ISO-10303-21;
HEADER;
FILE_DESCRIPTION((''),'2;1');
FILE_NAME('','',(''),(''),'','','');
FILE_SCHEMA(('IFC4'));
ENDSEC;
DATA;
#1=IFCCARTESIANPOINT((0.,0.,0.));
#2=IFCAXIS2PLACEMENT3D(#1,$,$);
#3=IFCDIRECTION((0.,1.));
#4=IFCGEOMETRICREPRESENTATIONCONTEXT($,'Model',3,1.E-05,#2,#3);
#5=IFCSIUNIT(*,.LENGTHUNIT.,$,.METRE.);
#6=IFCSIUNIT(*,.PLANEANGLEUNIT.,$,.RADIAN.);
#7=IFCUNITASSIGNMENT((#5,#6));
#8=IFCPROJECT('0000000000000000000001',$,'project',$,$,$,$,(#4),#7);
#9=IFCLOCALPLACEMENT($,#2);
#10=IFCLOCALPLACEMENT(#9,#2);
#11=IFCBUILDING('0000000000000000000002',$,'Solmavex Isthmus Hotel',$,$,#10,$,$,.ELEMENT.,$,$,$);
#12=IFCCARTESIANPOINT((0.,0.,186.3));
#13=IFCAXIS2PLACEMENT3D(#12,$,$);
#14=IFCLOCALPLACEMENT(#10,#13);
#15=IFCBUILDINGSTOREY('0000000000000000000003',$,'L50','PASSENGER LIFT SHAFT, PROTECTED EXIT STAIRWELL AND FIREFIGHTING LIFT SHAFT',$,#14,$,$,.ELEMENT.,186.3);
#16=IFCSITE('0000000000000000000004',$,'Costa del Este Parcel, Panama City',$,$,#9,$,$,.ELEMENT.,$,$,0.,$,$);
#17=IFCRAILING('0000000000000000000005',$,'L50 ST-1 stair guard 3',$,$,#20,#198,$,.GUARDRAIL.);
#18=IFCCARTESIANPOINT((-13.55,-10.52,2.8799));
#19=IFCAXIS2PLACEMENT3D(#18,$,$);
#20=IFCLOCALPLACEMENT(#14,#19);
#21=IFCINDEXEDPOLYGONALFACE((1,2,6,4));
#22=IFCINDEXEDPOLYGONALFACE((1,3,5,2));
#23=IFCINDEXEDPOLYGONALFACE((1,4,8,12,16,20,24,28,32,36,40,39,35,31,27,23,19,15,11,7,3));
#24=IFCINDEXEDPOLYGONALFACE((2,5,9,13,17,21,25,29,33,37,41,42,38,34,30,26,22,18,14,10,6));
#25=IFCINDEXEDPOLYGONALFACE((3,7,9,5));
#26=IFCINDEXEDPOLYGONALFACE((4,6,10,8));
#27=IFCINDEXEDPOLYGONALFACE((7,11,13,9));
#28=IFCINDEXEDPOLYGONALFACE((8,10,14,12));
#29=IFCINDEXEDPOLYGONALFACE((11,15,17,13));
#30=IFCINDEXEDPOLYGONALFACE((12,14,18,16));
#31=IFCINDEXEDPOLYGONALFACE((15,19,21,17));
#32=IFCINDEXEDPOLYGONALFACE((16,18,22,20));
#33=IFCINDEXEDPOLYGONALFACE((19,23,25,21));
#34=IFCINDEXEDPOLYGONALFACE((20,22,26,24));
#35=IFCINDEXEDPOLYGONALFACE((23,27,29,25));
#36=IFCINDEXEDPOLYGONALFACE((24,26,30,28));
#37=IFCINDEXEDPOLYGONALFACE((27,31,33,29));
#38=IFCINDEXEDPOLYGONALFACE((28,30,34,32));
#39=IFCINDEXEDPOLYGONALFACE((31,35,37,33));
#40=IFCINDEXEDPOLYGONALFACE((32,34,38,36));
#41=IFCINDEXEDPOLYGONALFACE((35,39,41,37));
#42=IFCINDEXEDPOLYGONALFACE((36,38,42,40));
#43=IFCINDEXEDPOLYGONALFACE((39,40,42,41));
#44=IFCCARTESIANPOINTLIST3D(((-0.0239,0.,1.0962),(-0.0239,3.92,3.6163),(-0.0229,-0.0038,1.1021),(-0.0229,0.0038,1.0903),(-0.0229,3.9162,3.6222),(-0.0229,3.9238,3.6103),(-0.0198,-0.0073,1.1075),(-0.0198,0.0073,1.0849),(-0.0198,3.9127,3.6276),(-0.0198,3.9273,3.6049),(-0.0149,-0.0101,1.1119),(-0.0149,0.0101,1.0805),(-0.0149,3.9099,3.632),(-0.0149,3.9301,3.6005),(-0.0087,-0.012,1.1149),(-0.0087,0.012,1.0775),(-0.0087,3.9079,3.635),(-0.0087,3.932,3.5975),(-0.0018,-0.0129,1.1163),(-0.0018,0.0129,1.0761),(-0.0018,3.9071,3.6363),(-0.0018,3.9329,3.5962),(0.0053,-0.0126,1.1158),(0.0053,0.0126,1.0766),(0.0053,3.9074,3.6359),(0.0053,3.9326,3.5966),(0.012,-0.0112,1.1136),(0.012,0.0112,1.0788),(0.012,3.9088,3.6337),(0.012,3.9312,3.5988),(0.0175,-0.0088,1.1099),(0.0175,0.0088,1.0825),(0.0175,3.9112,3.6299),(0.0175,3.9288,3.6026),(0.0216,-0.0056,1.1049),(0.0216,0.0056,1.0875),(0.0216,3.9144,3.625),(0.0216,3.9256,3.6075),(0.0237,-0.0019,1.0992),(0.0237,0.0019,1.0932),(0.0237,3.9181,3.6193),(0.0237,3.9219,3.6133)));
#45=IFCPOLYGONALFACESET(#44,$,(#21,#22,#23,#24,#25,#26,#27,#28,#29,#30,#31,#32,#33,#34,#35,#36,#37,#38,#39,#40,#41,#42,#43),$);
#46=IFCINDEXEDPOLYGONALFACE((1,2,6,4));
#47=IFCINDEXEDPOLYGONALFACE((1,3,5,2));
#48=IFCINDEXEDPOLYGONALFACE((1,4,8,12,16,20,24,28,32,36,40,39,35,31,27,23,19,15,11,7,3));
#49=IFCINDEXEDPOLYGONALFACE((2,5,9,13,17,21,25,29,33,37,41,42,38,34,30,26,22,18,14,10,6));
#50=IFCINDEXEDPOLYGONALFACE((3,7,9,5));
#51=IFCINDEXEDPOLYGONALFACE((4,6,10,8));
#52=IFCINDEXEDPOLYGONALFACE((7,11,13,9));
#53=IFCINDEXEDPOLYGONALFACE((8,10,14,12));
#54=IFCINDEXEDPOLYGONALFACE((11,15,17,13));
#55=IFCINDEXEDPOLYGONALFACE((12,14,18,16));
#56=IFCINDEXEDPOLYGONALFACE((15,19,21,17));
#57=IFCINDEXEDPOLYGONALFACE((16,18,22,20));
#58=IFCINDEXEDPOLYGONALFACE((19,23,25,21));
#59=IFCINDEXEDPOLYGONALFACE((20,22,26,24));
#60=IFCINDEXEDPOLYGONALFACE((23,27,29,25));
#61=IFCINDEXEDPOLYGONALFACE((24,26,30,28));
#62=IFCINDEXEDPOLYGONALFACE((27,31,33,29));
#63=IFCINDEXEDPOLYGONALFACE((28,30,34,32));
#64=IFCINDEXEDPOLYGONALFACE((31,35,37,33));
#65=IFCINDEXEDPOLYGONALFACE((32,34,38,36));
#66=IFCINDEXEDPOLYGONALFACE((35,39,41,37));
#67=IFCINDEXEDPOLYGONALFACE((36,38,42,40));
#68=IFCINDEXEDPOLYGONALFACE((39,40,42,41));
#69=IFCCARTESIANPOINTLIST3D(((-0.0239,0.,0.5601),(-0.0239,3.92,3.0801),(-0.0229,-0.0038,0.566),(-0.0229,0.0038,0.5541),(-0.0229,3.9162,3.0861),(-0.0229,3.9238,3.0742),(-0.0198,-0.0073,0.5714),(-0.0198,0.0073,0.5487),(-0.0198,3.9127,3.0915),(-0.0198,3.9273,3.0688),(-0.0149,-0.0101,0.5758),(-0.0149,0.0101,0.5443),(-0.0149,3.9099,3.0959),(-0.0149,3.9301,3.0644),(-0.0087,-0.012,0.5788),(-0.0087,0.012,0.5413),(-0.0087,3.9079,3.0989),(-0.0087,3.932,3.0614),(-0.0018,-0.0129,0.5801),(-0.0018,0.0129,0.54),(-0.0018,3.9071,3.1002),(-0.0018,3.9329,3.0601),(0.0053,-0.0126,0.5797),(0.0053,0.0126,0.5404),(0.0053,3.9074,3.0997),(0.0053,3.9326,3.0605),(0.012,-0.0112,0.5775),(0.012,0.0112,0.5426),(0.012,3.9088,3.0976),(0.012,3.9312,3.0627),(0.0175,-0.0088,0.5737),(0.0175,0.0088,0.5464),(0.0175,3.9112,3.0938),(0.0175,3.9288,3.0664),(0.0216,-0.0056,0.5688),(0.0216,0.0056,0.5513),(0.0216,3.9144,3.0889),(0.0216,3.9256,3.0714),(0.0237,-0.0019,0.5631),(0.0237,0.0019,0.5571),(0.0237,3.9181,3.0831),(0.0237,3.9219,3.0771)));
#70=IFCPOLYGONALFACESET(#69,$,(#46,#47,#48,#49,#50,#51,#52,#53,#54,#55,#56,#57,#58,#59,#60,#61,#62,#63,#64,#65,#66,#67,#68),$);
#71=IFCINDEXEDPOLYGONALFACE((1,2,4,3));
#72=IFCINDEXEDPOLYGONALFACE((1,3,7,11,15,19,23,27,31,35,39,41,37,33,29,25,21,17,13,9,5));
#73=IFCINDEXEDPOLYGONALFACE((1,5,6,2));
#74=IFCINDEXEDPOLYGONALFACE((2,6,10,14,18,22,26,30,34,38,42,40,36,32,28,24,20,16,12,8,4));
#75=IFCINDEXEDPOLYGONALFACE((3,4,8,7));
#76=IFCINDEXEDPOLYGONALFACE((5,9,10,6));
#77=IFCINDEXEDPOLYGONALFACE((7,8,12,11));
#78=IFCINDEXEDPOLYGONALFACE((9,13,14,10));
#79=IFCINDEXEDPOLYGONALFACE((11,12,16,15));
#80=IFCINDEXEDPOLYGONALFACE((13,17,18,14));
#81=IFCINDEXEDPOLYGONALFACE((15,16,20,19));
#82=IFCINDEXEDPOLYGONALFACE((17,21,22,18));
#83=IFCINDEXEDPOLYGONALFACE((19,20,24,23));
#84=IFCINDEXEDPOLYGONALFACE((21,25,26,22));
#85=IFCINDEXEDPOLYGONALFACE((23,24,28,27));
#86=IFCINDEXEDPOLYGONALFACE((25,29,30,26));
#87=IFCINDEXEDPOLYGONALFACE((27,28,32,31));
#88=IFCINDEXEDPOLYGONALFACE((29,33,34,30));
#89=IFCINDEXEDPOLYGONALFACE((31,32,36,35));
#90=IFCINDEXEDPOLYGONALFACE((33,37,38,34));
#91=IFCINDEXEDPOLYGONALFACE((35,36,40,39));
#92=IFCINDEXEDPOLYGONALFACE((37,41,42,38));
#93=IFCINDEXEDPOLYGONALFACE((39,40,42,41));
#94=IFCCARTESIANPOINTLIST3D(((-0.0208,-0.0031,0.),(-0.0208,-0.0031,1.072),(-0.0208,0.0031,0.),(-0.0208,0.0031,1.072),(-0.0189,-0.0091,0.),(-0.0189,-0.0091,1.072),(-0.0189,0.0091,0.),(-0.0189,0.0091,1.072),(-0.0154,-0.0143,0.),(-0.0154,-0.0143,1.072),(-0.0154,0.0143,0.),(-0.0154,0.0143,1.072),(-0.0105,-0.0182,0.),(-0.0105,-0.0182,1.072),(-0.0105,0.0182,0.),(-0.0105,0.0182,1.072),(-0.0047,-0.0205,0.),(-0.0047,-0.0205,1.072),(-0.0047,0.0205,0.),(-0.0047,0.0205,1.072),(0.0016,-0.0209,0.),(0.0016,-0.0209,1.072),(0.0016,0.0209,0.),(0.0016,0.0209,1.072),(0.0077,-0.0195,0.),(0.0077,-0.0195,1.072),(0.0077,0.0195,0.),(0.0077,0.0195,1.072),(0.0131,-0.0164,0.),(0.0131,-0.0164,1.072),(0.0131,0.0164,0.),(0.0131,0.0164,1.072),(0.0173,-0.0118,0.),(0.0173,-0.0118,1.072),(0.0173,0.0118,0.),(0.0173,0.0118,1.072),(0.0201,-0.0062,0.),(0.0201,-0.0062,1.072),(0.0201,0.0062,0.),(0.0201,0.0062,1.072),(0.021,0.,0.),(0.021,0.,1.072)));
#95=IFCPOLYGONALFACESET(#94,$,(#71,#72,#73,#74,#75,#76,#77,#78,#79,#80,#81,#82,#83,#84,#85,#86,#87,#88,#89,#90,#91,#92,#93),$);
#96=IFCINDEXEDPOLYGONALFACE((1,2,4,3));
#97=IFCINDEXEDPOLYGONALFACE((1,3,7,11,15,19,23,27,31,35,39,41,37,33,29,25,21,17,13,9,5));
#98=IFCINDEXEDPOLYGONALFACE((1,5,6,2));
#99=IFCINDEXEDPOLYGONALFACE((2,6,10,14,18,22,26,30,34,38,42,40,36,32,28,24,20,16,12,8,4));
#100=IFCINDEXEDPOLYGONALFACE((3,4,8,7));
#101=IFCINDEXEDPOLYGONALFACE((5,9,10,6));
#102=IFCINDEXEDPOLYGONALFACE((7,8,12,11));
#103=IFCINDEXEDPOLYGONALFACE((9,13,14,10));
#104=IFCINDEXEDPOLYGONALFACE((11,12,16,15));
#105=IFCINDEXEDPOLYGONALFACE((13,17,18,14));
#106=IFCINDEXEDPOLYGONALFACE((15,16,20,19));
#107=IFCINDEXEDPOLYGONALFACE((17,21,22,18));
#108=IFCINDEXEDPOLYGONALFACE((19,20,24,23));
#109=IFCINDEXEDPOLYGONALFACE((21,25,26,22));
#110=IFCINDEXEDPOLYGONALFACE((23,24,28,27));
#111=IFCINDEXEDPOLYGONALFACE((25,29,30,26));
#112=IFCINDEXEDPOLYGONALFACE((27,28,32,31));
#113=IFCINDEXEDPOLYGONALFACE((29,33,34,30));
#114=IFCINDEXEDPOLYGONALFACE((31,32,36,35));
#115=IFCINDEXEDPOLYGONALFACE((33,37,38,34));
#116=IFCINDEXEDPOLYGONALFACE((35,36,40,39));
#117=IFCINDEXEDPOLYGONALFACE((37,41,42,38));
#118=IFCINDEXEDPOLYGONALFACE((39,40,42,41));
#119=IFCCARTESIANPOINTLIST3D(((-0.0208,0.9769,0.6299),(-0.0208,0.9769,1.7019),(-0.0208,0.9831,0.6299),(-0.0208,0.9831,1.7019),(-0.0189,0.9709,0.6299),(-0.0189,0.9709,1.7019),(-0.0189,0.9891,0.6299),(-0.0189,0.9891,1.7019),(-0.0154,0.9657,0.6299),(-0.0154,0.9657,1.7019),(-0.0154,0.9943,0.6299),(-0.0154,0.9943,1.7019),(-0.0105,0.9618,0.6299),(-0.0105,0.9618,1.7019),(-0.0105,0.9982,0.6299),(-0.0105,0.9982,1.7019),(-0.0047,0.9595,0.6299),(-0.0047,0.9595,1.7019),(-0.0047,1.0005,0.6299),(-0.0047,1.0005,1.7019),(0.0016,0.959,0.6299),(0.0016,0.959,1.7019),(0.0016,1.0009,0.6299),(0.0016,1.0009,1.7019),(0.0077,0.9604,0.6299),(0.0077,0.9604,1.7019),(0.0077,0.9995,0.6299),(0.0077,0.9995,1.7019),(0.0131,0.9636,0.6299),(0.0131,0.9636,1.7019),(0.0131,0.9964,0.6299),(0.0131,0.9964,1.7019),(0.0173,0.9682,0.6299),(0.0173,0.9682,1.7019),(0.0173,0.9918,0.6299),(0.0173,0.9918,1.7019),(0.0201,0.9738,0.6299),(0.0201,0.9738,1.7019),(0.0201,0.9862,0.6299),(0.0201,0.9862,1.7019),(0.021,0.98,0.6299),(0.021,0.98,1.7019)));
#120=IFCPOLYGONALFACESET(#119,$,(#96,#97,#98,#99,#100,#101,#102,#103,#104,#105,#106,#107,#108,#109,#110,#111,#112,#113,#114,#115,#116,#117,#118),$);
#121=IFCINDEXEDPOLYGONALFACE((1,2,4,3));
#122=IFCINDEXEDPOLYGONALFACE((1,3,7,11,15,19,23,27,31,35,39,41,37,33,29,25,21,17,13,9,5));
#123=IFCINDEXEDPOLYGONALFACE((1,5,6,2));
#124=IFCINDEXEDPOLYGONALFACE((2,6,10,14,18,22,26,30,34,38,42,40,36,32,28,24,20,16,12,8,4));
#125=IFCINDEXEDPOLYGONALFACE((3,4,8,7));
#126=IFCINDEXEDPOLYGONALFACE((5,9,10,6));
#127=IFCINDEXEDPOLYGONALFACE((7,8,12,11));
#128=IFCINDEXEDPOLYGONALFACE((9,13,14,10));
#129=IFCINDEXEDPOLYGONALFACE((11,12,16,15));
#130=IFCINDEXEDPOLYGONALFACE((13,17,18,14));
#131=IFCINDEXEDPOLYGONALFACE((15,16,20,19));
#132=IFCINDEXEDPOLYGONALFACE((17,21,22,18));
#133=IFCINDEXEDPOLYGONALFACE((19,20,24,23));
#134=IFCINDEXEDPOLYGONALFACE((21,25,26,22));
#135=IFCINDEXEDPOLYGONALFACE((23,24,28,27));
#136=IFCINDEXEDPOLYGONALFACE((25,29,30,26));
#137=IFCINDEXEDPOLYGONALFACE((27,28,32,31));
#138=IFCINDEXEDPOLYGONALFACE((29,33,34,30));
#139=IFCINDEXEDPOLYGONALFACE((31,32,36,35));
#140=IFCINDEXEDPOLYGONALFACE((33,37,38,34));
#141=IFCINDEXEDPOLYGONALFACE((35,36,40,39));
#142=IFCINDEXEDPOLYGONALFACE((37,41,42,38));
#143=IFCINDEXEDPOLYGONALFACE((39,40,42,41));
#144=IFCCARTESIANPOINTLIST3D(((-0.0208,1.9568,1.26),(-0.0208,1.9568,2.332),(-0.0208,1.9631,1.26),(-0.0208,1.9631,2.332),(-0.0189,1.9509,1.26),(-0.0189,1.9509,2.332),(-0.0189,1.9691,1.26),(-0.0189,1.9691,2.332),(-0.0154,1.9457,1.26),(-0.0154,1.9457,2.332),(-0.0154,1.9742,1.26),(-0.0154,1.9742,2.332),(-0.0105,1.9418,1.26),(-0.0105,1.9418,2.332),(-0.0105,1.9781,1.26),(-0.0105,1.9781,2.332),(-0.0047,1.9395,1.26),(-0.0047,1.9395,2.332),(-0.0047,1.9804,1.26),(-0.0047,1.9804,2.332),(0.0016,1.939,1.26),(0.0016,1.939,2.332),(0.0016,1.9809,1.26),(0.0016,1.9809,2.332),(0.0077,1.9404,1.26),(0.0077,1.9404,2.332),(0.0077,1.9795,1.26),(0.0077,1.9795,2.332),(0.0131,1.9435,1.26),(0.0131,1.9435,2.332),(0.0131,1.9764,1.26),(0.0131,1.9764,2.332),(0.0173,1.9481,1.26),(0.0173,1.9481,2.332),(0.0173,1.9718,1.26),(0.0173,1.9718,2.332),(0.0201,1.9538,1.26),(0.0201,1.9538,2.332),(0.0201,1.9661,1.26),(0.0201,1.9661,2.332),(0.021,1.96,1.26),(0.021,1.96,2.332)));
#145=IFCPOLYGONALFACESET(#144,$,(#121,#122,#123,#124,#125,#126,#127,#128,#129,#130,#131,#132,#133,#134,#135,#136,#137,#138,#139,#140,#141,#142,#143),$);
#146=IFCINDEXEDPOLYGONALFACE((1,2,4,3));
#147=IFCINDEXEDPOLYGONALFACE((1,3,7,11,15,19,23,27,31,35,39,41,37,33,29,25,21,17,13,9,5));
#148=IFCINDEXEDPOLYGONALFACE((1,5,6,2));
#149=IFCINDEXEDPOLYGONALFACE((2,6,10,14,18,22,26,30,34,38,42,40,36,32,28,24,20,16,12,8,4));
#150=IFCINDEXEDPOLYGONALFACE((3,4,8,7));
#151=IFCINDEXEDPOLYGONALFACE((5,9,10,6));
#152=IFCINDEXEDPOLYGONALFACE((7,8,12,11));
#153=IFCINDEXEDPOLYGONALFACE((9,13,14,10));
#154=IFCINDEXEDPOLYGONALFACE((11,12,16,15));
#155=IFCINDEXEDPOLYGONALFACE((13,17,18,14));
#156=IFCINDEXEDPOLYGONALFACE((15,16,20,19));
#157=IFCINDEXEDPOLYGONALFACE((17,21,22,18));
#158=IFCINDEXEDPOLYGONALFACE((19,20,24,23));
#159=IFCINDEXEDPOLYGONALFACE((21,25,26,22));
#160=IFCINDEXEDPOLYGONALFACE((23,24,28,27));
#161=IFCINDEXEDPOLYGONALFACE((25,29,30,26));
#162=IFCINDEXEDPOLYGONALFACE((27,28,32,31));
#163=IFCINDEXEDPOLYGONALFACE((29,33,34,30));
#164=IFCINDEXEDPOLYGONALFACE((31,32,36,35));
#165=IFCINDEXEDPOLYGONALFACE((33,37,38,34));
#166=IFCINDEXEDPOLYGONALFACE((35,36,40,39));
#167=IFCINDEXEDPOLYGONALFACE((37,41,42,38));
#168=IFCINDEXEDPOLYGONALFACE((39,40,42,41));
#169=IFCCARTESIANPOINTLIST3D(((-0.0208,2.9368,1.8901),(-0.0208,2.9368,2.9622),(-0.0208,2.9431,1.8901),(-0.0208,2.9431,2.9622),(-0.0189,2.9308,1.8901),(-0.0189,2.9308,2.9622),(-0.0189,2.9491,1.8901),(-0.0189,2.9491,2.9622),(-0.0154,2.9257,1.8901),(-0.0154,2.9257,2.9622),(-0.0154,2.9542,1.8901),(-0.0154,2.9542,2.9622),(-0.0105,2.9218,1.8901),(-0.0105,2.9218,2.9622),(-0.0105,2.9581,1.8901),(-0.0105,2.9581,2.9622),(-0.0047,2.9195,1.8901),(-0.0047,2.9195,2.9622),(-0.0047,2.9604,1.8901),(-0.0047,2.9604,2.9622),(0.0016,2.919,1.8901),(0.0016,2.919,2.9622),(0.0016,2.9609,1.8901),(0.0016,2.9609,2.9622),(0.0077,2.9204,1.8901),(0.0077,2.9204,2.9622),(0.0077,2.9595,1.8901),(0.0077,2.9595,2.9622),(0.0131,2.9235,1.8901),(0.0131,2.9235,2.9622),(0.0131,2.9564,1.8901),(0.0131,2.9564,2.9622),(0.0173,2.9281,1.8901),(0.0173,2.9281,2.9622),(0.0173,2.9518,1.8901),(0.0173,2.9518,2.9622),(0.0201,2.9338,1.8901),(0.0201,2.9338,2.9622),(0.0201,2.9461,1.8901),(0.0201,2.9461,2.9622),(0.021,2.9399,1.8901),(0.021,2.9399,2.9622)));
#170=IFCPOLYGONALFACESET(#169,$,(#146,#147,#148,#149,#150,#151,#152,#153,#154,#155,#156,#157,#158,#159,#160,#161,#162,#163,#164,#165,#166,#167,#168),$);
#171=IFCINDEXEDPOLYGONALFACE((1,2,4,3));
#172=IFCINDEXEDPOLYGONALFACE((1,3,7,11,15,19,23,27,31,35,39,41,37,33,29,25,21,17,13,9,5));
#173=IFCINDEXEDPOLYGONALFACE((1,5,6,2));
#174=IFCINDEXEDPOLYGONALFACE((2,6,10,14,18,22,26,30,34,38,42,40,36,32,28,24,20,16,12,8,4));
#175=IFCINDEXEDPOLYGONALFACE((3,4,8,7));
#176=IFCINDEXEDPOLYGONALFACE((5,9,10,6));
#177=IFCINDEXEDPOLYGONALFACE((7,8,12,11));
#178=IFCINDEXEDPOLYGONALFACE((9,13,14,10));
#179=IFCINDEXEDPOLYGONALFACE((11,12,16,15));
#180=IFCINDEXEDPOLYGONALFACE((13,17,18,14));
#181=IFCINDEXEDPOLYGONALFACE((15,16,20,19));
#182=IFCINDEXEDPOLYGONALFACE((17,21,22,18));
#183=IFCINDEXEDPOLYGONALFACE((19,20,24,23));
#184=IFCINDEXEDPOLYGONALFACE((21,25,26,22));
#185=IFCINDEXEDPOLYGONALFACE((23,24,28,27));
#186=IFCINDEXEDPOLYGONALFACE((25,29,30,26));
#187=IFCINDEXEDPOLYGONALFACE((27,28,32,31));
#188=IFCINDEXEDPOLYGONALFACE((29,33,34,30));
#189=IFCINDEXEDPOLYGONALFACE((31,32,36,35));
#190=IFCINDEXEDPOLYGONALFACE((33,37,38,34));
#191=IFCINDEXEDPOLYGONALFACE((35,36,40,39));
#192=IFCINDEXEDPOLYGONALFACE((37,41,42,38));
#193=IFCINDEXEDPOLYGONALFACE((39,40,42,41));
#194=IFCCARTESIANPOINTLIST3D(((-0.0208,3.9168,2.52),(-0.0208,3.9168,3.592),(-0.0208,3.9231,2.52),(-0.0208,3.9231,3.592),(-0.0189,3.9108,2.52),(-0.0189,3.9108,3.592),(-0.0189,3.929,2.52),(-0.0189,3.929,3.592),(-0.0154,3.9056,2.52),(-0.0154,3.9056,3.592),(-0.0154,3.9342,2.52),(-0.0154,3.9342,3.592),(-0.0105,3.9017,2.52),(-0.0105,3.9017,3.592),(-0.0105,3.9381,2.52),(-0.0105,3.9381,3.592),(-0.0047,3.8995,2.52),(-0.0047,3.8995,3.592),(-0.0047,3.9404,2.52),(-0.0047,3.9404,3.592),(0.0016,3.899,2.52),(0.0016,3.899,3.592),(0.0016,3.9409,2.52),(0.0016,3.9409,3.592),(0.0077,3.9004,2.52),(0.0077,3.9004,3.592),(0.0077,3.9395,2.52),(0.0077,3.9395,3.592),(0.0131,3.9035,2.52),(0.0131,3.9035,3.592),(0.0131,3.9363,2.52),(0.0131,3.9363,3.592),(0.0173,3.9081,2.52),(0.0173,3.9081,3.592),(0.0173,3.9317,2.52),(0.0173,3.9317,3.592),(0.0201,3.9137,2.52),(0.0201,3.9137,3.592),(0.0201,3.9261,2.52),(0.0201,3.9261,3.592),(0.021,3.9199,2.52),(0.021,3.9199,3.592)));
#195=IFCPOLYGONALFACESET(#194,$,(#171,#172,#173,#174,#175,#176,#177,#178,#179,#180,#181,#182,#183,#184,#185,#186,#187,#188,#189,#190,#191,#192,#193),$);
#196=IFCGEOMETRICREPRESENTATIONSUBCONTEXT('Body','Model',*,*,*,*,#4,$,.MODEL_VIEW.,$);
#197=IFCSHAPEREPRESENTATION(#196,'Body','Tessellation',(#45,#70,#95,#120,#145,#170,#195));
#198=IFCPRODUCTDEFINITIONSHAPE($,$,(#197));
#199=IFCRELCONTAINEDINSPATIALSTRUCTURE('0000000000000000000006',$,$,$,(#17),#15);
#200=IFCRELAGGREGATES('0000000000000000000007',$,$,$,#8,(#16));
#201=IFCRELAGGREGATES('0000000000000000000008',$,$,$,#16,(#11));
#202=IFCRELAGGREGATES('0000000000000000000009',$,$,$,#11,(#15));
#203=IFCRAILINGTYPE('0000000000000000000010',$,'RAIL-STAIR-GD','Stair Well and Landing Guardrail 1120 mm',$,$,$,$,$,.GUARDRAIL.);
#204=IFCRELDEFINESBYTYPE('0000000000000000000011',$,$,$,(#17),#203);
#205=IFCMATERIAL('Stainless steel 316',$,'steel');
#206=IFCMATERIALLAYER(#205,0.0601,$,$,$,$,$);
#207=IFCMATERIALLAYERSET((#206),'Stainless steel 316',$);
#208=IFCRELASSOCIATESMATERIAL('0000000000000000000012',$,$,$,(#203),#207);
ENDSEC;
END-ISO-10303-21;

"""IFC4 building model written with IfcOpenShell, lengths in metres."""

from ifc_helpers import new_model, si_unit, direction, frame, origin, origin_2d, place, context, subcontext, project, spatial, circle, extrude, material, layer, layer_set, type_object, element, save


model = new_model("IFC4")

# Units and contexts
model_context = context("Model", 3, precision=1e-05, world=origin(), true_north=direction((0.0, 1.0)))
body_context = subcontext(model_context, "Body", "Model", "MODEL_VIEW")
ifc_project = project(units=[si_unit("LENGTHUNIT", "METRE"), si_unit("PLANEANGLEUNIT", "RADIAN")], contexts=[model_context])

# Site, building, storey
site_placement = place(None, origin())
site = spatial("IfcSite", under=ifc_project, at=site_placement, Name="Costa del Este Parcel, Panama City", CompositionType="ELEMENT", RefElevation=0.0)
building_placement = place(site_placement, origin())
building = spatial("IfcBuilding", under=site, at=building_placement, Name="Solmavex Isthmus Hotel", CompositionType="ELEMENT")
storey_placement = place(building_placement, frame((0.0, 0.0, 186.3)))
storey = spatial("IfcBuildingStorey", under=building, at=storey_placement, Name="L50", Description="PASSENGER LIFT SHAFT, PROTECTED EXIT STAIRWELL AND FIREFIGHTING LIFT SHAFT", CompositionType="ELEMENT", Elevation=186.3)

# Shared definitions
ifc_material_1 = material(Name="Stainless steel 316", Category="steel")

# Railing
ifc_layer_1 = layer(ifc_material_1, 0.0601)
ifc_layer_set_1 = layer_set([ifc_layer_1], Name="Stainless steel 316")
railing_type_1 = type_object("IfcRailingType", Name="RAIL-STAIR-GD", Description="Stair Well and Landing Guardrail 1120 mm", PredefinedType="GUARDRAIL", material=ifc_layer_set_1)
railing_1_placement = place(storey_placement, frame((-13.55, -10.52, 2.8799)))
element("IfcRailing", 1, at=railing_1_placement, inside=storey, type_object=railing_type_1, Name="L50 ST-1 stair guard 3", PredefinedType="GUARDRAIL", context=body_context, shape_type="SweptSolid", body=[
    extrude(circle(Radius=0.0239, at=origin_2d()), frame((0.0, 0.0, 1.0962), z_axis=(0.0, 0.841172, 0.540768), x_axis=(-1.0, 0.0, 0.0)), (0.0, 0.0, 1.0), 4.6602),
    extrude(circle(Radius=0.0239, at=origin_2d()), frame((0.0, 0.0, 0.5601), z_axis=(0.0, 0.841172, 0.540768), x_axis=(-1.0, 0.0, 0.0)), (0.0, 0.0, 1.0), 4.6602),
    extrude(circle(Radius=0.021, at=origin_2d()), origin(), (0.0, 0.0, 1.0), 1.072),
    extrude(circle(Radius=0.021, at=origin_2d()), frame((0.0, 0.98, 0.6299)), (0.0, 0.0, 1.0), 1.072),
    extrude(circle(Radius=0.021, at=origin_2d()), frame((0.0, 1.96, 1.26)), (0.0, 0.0, 1.0), 1.072),
    extrude(circle(Radius=0.021, at=origin_2d()), frame((0.0, 2.9399, 1.8901)), (0.0, 0.0, 1.0), 1.072),
    extrude(circle(Radius=0.021, at=origin_2d()), frame((0.0, 3.9199, 2.52)), (0.0, 0.0, 1.0), 1.072),
])

save(model, "model.ifc")
